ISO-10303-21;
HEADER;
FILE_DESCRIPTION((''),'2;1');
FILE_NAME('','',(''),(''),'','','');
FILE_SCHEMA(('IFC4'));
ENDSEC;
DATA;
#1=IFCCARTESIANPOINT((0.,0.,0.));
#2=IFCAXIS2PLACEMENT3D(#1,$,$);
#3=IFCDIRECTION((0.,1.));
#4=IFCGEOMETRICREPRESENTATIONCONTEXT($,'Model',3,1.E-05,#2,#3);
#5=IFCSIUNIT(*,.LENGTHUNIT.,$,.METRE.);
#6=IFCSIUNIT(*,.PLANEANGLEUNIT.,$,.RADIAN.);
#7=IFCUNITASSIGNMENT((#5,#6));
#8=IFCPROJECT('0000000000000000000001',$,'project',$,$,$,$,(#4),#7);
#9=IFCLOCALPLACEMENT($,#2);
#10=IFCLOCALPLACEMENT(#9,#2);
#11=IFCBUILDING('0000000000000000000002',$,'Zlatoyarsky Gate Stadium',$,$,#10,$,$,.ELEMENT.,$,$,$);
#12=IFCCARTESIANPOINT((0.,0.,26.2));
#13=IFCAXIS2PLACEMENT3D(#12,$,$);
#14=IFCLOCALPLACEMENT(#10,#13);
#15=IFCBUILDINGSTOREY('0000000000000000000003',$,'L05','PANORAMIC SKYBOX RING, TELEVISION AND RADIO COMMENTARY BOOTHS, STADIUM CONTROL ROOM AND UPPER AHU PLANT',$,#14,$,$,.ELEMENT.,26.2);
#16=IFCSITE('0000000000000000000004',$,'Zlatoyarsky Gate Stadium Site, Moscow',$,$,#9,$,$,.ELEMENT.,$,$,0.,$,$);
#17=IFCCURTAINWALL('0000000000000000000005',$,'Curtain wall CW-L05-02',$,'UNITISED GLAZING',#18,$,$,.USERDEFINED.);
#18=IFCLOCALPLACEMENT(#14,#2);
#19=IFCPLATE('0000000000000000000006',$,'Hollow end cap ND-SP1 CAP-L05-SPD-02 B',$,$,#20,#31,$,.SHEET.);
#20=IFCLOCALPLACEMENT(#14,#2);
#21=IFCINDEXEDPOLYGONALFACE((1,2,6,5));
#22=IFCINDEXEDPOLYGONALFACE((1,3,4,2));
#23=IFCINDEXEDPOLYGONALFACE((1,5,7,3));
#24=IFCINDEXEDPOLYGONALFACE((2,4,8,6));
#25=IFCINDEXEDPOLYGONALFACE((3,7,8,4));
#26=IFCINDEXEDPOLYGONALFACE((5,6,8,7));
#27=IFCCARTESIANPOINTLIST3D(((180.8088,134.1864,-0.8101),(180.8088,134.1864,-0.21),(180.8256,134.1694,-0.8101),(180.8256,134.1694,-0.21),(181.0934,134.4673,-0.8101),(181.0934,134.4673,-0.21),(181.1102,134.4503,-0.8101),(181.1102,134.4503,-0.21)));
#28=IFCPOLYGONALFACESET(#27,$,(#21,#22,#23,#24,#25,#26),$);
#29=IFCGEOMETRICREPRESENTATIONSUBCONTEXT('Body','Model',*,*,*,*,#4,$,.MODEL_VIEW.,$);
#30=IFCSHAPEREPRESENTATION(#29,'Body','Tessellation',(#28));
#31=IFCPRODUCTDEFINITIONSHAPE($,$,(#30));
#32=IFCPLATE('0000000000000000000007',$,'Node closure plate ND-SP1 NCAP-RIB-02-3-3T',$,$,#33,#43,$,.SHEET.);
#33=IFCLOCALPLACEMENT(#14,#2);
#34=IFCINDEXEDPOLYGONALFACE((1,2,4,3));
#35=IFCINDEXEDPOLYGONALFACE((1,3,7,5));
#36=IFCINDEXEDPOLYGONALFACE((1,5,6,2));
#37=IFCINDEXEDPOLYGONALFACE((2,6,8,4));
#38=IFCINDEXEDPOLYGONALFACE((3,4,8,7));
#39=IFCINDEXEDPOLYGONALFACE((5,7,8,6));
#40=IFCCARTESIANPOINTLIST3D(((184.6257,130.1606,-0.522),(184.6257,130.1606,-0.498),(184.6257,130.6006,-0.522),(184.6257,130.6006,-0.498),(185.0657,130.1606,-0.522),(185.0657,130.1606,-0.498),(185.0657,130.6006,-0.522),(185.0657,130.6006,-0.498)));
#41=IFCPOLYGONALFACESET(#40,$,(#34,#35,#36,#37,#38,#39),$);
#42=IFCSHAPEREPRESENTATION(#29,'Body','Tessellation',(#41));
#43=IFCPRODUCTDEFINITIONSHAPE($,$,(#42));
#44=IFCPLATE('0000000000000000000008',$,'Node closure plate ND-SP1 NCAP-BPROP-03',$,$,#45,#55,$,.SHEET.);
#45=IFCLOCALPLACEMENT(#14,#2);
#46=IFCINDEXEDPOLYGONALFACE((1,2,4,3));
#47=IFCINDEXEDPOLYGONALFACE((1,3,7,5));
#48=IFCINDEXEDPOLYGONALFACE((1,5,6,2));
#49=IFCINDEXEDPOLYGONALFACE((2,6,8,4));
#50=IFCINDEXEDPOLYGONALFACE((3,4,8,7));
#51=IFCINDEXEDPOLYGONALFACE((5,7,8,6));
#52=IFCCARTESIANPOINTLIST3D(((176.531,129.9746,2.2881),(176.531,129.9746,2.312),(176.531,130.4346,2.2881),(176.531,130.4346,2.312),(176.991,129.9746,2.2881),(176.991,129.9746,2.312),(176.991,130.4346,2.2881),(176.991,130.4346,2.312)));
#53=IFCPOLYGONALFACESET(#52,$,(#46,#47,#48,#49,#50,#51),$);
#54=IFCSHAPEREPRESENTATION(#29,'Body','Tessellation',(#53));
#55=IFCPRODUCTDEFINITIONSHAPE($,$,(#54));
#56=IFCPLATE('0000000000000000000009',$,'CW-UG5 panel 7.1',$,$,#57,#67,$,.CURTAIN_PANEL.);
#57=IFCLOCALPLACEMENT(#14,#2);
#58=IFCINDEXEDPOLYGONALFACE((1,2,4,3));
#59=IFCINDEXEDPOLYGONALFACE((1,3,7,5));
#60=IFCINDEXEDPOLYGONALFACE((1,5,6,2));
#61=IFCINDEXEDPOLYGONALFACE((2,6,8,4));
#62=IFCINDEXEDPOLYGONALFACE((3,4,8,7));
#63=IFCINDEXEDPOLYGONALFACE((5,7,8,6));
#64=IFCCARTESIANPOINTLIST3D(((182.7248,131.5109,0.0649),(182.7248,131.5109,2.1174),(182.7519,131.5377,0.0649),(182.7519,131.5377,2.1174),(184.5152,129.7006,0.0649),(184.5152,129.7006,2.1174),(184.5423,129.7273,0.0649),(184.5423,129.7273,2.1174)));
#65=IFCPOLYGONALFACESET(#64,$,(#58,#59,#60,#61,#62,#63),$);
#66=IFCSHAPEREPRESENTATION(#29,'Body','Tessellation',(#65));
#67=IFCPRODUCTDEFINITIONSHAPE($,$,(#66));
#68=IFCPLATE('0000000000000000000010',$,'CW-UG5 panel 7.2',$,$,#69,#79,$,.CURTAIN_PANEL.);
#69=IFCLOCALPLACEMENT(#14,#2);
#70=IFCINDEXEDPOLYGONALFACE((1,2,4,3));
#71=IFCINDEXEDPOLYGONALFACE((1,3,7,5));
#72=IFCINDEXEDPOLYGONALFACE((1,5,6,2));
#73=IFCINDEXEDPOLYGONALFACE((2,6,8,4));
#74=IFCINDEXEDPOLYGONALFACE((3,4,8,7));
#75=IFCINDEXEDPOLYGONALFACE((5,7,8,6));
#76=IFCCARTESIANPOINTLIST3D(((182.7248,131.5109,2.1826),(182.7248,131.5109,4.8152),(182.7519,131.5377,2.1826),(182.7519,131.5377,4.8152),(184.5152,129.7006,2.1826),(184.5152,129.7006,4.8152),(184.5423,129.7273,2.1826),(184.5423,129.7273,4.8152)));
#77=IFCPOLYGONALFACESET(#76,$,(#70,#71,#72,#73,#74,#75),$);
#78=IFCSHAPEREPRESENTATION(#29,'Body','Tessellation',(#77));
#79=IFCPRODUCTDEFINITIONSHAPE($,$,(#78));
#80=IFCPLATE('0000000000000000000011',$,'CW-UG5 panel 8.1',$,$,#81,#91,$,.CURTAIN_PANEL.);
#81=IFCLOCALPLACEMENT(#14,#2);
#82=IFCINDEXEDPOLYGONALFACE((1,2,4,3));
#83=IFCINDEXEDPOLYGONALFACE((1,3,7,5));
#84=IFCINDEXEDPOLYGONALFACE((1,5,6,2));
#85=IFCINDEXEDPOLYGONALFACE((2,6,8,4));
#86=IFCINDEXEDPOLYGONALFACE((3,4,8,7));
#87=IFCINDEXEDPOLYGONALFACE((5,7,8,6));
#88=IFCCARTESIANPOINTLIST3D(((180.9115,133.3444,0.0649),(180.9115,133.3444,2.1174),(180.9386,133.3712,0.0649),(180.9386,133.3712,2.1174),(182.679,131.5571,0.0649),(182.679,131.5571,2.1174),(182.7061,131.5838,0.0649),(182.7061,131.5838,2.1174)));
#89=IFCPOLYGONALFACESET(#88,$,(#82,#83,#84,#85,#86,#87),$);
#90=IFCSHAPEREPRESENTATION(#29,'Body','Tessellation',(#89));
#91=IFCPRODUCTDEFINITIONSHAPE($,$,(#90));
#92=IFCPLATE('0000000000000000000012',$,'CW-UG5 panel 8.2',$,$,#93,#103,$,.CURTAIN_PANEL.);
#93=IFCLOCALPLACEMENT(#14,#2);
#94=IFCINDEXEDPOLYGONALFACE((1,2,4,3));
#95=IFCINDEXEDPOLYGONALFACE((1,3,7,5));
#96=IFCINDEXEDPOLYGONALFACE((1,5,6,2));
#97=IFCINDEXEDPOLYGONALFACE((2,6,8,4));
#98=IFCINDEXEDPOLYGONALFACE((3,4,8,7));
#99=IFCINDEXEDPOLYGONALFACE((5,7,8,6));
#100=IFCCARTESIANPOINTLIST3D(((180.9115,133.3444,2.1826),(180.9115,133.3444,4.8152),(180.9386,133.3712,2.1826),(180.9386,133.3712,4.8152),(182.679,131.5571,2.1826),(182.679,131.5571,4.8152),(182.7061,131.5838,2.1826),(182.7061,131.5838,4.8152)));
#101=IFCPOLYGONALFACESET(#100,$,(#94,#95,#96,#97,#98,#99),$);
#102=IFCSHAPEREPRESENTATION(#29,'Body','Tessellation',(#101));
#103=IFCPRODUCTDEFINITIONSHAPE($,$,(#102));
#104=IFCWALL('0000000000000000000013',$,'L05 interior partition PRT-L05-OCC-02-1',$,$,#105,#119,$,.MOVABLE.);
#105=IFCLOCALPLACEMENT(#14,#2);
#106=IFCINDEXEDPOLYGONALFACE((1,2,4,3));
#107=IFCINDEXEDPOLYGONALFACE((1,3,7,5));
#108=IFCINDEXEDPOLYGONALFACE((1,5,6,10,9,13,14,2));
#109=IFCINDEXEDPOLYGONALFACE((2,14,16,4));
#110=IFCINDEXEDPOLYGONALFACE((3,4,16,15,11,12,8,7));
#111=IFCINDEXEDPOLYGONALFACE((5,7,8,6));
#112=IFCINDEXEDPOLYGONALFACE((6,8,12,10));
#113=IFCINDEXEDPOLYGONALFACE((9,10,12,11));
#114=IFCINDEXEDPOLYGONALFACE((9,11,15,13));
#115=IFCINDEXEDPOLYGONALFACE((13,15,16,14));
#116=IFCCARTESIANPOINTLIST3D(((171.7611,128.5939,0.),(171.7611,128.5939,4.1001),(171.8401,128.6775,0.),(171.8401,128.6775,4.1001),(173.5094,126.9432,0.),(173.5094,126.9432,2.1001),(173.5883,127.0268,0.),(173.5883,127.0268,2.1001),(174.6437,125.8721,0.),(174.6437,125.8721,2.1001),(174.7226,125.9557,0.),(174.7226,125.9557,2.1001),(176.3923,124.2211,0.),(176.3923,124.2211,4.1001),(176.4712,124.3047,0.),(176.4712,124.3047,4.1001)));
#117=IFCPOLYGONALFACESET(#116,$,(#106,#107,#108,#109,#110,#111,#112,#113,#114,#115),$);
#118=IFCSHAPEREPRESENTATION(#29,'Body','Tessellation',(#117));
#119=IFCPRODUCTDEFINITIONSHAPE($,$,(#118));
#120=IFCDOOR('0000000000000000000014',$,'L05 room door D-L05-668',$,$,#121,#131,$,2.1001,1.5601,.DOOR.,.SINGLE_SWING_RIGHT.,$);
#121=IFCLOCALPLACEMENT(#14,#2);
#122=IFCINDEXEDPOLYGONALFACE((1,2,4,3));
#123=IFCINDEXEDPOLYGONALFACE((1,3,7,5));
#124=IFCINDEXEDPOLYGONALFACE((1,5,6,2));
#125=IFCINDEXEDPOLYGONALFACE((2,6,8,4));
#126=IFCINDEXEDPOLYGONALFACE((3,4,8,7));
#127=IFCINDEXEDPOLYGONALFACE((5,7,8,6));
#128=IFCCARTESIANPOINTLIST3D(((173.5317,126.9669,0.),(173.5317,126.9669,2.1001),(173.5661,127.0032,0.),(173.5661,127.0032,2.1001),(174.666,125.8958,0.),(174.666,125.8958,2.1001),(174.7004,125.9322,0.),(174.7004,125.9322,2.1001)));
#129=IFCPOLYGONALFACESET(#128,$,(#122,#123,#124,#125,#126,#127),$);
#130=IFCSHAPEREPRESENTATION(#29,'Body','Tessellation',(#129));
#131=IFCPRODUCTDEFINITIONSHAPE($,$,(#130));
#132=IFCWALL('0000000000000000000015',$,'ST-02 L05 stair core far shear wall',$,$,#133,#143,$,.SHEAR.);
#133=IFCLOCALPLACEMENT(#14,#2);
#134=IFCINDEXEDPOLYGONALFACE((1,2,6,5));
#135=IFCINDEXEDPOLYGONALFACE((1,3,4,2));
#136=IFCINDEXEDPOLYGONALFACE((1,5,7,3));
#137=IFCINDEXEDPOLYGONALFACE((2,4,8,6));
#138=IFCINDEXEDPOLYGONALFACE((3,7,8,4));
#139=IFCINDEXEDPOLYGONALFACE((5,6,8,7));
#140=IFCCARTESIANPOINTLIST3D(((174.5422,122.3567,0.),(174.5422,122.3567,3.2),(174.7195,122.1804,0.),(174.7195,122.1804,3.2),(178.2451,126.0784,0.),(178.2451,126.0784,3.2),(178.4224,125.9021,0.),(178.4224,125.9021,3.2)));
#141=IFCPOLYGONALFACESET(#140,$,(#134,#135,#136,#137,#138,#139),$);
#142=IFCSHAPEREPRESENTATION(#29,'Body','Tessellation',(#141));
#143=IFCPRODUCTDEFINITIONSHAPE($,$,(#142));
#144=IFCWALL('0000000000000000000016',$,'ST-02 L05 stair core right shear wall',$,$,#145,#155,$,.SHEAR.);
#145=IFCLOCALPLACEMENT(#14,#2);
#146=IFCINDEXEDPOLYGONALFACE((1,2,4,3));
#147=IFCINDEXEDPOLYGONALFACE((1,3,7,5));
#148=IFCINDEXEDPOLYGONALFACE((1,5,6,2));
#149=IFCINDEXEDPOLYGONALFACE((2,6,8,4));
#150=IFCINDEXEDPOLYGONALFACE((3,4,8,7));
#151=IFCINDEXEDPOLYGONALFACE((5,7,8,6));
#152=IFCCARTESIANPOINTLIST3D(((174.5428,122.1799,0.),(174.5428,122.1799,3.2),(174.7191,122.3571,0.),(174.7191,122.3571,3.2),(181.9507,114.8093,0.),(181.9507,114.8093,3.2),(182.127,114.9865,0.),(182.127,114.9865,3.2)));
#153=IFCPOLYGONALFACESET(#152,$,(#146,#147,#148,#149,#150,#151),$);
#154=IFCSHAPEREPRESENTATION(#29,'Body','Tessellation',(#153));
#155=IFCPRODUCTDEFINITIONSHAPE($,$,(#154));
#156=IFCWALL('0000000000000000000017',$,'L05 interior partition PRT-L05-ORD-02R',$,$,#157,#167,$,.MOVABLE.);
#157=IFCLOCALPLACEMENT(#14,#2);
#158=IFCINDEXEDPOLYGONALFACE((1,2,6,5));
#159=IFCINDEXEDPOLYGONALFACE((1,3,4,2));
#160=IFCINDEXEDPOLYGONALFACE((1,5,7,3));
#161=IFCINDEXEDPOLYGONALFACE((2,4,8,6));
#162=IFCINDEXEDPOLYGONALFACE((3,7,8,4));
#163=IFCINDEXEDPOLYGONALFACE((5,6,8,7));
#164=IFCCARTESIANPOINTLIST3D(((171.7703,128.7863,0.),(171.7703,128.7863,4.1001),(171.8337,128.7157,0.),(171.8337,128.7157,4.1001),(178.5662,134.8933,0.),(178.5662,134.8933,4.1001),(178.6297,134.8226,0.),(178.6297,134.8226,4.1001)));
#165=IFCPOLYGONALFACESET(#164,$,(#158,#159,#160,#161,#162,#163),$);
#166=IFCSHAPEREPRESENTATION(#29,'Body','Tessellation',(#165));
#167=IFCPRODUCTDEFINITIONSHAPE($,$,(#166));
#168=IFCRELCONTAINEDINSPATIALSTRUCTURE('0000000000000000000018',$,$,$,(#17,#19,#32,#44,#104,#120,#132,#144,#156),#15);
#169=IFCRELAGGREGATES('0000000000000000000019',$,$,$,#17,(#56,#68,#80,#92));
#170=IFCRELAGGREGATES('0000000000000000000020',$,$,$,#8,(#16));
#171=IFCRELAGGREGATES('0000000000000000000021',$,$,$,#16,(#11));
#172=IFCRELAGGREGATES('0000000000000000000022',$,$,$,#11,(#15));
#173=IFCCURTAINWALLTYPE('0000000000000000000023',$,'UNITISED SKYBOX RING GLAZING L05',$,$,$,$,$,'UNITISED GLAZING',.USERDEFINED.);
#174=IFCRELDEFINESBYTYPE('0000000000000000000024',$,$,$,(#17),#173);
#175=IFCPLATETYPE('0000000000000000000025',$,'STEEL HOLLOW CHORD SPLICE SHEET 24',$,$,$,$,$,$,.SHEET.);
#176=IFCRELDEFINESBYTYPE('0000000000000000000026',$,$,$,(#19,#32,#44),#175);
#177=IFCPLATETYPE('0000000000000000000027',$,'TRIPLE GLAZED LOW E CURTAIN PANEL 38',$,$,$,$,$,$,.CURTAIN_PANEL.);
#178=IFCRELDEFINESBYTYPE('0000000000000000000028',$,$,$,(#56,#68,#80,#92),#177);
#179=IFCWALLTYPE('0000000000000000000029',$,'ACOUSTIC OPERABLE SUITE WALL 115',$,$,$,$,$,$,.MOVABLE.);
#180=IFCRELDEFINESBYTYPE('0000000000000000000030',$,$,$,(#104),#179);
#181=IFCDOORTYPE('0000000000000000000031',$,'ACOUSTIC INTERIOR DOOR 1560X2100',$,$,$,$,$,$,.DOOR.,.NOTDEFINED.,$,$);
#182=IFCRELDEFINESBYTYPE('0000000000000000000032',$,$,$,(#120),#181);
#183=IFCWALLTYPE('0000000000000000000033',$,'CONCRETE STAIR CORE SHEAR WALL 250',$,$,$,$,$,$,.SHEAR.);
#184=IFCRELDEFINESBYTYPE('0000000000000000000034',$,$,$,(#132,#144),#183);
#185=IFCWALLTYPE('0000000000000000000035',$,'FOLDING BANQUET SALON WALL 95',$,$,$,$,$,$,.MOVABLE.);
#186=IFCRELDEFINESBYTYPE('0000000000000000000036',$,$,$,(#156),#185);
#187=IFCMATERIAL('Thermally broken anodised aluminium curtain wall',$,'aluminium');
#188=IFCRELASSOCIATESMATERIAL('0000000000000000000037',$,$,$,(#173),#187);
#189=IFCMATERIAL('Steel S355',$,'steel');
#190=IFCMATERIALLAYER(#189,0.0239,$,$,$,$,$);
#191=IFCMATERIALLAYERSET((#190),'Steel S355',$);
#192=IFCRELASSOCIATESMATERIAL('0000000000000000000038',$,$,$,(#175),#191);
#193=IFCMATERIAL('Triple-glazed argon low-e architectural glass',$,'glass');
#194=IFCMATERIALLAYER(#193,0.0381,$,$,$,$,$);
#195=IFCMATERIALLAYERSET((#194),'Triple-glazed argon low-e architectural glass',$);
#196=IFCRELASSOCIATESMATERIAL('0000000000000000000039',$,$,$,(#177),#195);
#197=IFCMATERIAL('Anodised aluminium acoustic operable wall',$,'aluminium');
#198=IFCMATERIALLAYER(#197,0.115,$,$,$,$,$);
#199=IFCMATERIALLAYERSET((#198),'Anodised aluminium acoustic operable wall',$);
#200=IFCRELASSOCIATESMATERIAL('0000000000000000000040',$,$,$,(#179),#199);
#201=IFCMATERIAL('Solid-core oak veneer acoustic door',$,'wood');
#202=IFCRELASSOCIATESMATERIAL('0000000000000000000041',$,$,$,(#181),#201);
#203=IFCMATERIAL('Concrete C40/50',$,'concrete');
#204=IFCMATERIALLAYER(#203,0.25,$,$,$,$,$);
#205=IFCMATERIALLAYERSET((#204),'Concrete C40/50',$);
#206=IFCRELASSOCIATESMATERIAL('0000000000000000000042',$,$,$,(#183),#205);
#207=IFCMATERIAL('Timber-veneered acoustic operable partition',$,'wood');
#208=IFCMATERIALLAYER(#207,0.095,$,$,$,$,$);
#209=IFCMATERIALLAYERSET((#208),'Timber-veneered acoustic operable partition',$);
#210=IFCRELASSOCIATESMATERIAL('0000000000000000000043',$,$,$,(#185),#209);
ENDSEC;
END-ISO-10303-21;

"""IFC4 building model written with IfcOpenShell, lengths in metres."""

from ifc_helpers import new_model, si_unit, direction, frame, frame_2d, origin, origin_2d, place, context, subcontext, project, spatial, rectangle, extrude, material, layer, layer_set, type_object, element, fill, aggregate, save


model = new_model("IFC4")

# Units and contexts
model_context = context("Model", 3, precision=1e-05, world=origin(), true_north=direction((0.0, 1.0)))
body_context = subcontext(model_context, "Body", "Model", "MODEL_VIEW")
ifc_project = project(units=[si_unit("LENGTHUNIT", "METRE"), si_unit("PLANEANGLEUNIT", "RADIAN")], contexts=[model_context])

# Site, building, storey
site_placement = place(None, origin())
site = spatial("IfcSite", under=ifc_project, at=site_placement, Name="Zlatoyarsky Gate Stadium Site, Moscow", CompositionType="ELEMENT", RefElevation=0.0)
building_placement = place(site_placement, origin())
building = spatial("IfcBuilding", under=site, at=building_placement, Name="Zlatoyarsky Gate Stadium", CompositionType="ELEMENT")
storey_placement = place(building_placement, frame((0.0, 0.0, 26.2)))
storey = spatial("IfcBuildingStorey", under=building, at=storey_placement, Name="L05", Description="PANORAMIC SKYBOX RING, TELEVISION AND RADIO COMMENTARY BOOTHS, STADIUM CONTROL ROOM AND UPPER AHU PLANT", CompositionType="ELEMENT", Elevation=26.2)

# Shared definitions
ifc_material_1 = material(Name="Steel S355", Category="steel")

# Curtain wall
ifc_material_2 = material(Name="Thermally broken anodised aluminium curtain wall", Category="aluminium")
curtain_wall_type = type_object("IfcCurtainWallType", Name="UNITISED SKYBOX RING GLAZING L05", ElementType="UNITISED GLAZING", PredefinedType="USERDEFINED", material=ifc_material_2)
curtain_wall_1_placement = place(storey_placement, origin())
curtain_wall_1 = element("IfcCurtainWall", 1, at=curtain_wall_1_placement, inside=storey, type_object=curtain_wall_type, Name="Curtain wall CW-L05-02", ObjectType="UNITISED GLAZING", PredefinedType="USERDEFINED")

# Plates
ifc_layer_1 = layer(ifc_material_1, 0.0239)
ifc_layer_set_1 = layer_set([ifc_layer_1], Name="Steel S355")
plate_type_1 = type_object("IfcPlateType", Name="STEEL HOLLOW CHORD SPLICE SHEET 24", PredefinedType="SHEET", material=ifc_layer_set_1)
plate_1_placement = place(storey_placement, frame((180.9595, 134.3184, -0.8101), z_axis=(0.0, 0.0, 1.0), x_axis=(-0.702431, 0.711752, 0.0)))
element("IfcPlate", 2, at=plate_1_placement, inside=storey, type_object=plate_type_1, Name="Hollow end cap ND-SP1 CAP-L05-SPD-02 B", PredefinedType="SHEET", context=body_context, shape_type="SweptSolid", body=[
    extrude(rectangle(XDim=0.0239, YDim=0.3999, at=origin_2d()), origin(), (0.0, 0.0, 1.0), 0.6001),
])
plate_2_placement = place(storey_placement, frame((184.8457, 130.3806, -0.522), z_axis=(0.0, 0.0, 1.0), x_axis=(1.0, 0.0, 0.0)))
element("IfcPlate", 3, at=plate_2_placement, inside=storey, type_object=plate_type_1, Name="Node closure plate ND-SP1 NCAP-RIB-02-3-3T", PredefinedType="SHEET", context=body_context, shape_type="SweptSolid", body=[
    extrude(rectangle(XDim=0.4399, YDim=0.4399, at=origin_2d()), origin(), (0.0, 0.0, 1.0), 0.0239),
])
plate_3_placement = place(storey_placement, frame((176.761, 130.2046, 2.2881), z_axis=(0.0, 0.0, 1.0), x_axis=(1.0, 0.0, 0.0)))
element("IfcPlate", 4, at=plate_3_placement, inside=storey, type_object=plate_type_1, Name="Node closure plate ND-SP1 NCAP-BPROP-03", PredefinedType="SHEET", context=body_context, shape_type="SweptSolid", body=[
    extrude(rectangle(XDim=0.46, YDim=0.46, at=origin_2d()), origin(), (0.0, 0.0, 1.0), 0.0239),
])

# Plates
ifc_material_3 = material(Name="Triple-glazed argon low-e architectural glass", Category="glass")
ifc_layer_2 = layer(ifc_material_3, 0.0381)
ifc_layer_set_2 = layer_set([ifc_layer_2], Name="Triple-glazed argon low-e architectural glass")
plate_type_2 = type_object("IfcPlateType", Name="TRIPLE GLAZED LOW E CURTAIN PANEL 38", PredefinedType="CURTAIN_PANEL", material=ifc_layer_set_2)
plate_4_placement = place(storey_placement, frame((183.6335, 130.6191, 0.0649), z_axis=(0.0, 0.0, 1.0), x_axis=(-0.703156, 0.711036, 0.0)))
plate_4 = element("IfcPlate", 5, at=plate_4_placement, type_object=plate_type_2, Name="CW-UG5 panel 7.1", PredefinedType="CURTAIN_PANEL", context=body_context, shape_type="SweptSolid", body=[
    extrude(rectangle(XDim=2.5461, YDim=0.0381, at=origin_2d()), origin(), (0.0, 0.0, 1.0), 2.0525),
])
plate_5_placement = place(storey_placement, frame((183.6335, 130.6191, 2.1826), z_axis=(0.0, 0.0, 1.0), x_axis=(-0.703156, 0.711036, 0.0)))
plate_5 = element("IfcPlate", 6, at=plate_5_placement, type_object=plate_type_2, Name="CW-UG5 panel 7.2", PredefinedType="CURTAIN_PANEL", context=body_context, shape_type="SweptSolid", body=[
    extrude(rectangle(XDim=2.5461, YDim=0.0381, at=origin_2d()), origin(), (0.0, 0.0, 1.0), 2.6326),
])
plate_6_placement = place(storey_placement, frame((181.8088, 132.4641, 0.0649), z_axis=(0.0, 0.0, 1.0), x_axis=(-0.703156, 0.711036, 0.0)))
plate_6 = element("IfcPlate", 7, at=plate_6_placement, type_object=plate_type_2, Name="CW-UG5 panel 8.1", PredefinedType="CURTAIN_PANEL", context=body_context, shape_type="SweptSolid", body=[
    extrude(rectangle(XDim=2.5137, YDim=0.0381, at=origin_2d()), origin(), (0.0, 0.0, 1.0), 2.0525),
])
plate_7_placement = place(storey_placement, frame((181.8088, 132.4641, 2.1826), z_axis=(0.0, 0.0, 1.0), x_axis=(-0.703156, 0.711036, 0.0)))
plate_7 = element("IfcPlate", 8, at=plate_7_placement, type_object=plate_type_2, Name="CW-UG5 panel 8.2", PredefinedType="CURTAIN_PANEL", context=body_context, shape_type="SweptSolid", body=[
    extrude(rectangle(XDim=2.5137, YDim=0.0381, at=origin_2d()), origin(), (0.0, 0.0, 1.0), 2.6326),
])
aggregate(curtain_wall_1, [plate_4, plate_5, plate_6, plate_7])

# Wall, opening, door
ifc_material_4 = material(Name="Anodised aluminium acoustic operable wall", Category="aluminium")
ifc_layer_3 = layer(ifc_material_4, 0.115)
ifc_layer_set_3 = layer_set([ifc_layer_3], Name="Anodised aluminium acoustic operable wall")
wall_type_1 = type_object("IfcWallType", Name="ACOUSTIC OPERABLE SUITE WALL 115", PredefinedType="MOVABLE", material=ifc_layer_set_3)
wall_1_placement = place(storey_placement, frame((176.4316, 124.2629, 0.0), z_axis=(0.0, 0.0, 1.0), x_axis=(-0.727093, 0.686539, 0.0)))
wall_1 = element("IfcWall", 9, at=wall_1_placement, inside=storey, type_object=wall_type_1, Name="L05 interior partition PRT-L05-OCC-02-1", PredefinedType="MOVABLE", context=body_context, shape_type="SweptSolid", body=[
    extrude(rectangle(XDim=6.3694, YDim=0.115, at=frame_2d((3.1846, 0.0))), origin(), (0.0, 0.0, 1.0), 4.1001),
])
opening_placement = place(wall_1_placement, frame((2.4048, 0.0, 0.0)))
opening = element("IfcOpeningElement", 10, at=opening_placement, cuts=wall_1, PredefinedType="OPENING", context=body_context, shape_type="SweptSolid", body=[
    extrude(rectangle(XDim=1.5601, YDim=2.1001, at=frame_2d((0.78, 1.05))), frame((0.0, 0.0674, 0.0), z_axis=(0.0, -1.0, 0.0), x_axis=(1.0, 0.0, 0.0)), (0.0, 0.0, 1.0), 0.135),
])
ifc_material_5 = material(Name="Solid-core oak veneer acoustic door", Category="wood")
door_type = type_object("IfcDoorType", Name="ACOUSTIC INTERIOR DOOR 1560X2100", OperationType="NOTDEFINED", PredefinedType="DOOR", material=ifc_material_5)
door_placement = place(opening_placement, origin())
door = element("IfcDoor", 11, at=door_placement, inside=storey, type_object=door_type, Name="L05 room door D-L05-668", OperationType="SINGLE_SWING_RIGHT", OverallHeight=2.1001, OverallWidth=1.5601, PredefinedType="DOOR", context=body_context, shape_type="SweptSolid", body=[
    extrude(rectangle(XDim=1.5601, YDim=2.1001, at=frame_2d((0.78, 1.05))), frame((0.0, 0.0249, 0.0), z_axis=(0.0, -1.0, 0.0), x_axis=(1.0, 0.0, 0.0)), (0.0, 0.0, 1.0), 0.05),
])
fill(opening, door)

# Walls
ifc_material_6 = material(Name="Concrete C40/50", Category="concrete")
ifc_layer_4 = layer(ifc_material_6, 0.25)
ifc_layer_set_4 = layer_set([ifc_layer_4], Name="Concrete C40/50")
wall_type_2 = type_object("IfcWallType", Name="CONCRETE STAIR CORE SHEAR WALL 250", PredefinedType="SHEAR", material=ifc_layer_set_4)
wall_2_placement = place(storey_placement, frame((178.3337, 125.9902, 0.0), z_axis=(0.0, 0.0, 1.0), x_axis=(-0.705314, -0.708895, 0.0)))
element("IfcWall", 12, at=wall_2_placement, inside=storey, type_object=wall_type_2, Name="ST-02 L05 stair core far shear wall", PredefinedType="SHEAR", context=body_context, shape_type="SweptSolid", body=[
    extrude(rectangle(XDim=5.25, YDim=0.25, at=frame_2d((2.625, 0.0))), origin(), (0.0, 0.0, 1.0), 3.2),
])
wall_3_placement = place(storey_placement, frame((174.6309, 122.2686, 0.0), z_axis=(0.0, 0.0, 1.0), x_axis=(0.708892, -0.705317, 0.0)))
element("IfcWall", 13, at=wall_3_placement, inside=storey, type_object=wall_type_2, Name="ST-02 L05 stair core right shear wall", PredefinedType="SHEAR", context=body_context, shape_type="SweptSolid", body=[
    extrude(rectangle(XDim=10.45, YDim=0.25, at=frame_2d((5.2251, 0.0))), origin(), (0.0, 0.0, 1.0), 3.2),
])
ifc_material_7 = material(Name="Timber-veneered acoustic operable partition", Category="wood")
ifc_layer_5 = layer(ifc_material_7, 0.095)
ifc_layer_set_5 = layer_set([ifc_layer_5], Name="Timber-veneered acoustic operable partition")
wall_type_3 = type_object("IfcWallType", Name="FOLDING BANQUET SALON WALL 95", PredefinedType="MOVABLE", material=ifc_layer_set_5)
wall_4_placement = place(storey_placement, frame((171.802, 128.751, 0.0), z_axis=(0.0, 0.0, 1.0), x_axis=(0.743804, 0.668398, 0.0)))
element("IfcWall", 14, at=wall_4_placement, inside=storey, type_object=wall_type_3, Name="L05 interior partition PRT-L05-ORD-02R", PredefinedType="MOVABLE", context=body_context, shape_type="SweptSolid", body=[
    extrude(rectangle(XDim=9.1367, YDim=0.095, at=frame_2d((4.5684, 0.0))), origin(), (0.0, 0.0, 1.0), 4.1001),
])

save(model, "model.ifc")
